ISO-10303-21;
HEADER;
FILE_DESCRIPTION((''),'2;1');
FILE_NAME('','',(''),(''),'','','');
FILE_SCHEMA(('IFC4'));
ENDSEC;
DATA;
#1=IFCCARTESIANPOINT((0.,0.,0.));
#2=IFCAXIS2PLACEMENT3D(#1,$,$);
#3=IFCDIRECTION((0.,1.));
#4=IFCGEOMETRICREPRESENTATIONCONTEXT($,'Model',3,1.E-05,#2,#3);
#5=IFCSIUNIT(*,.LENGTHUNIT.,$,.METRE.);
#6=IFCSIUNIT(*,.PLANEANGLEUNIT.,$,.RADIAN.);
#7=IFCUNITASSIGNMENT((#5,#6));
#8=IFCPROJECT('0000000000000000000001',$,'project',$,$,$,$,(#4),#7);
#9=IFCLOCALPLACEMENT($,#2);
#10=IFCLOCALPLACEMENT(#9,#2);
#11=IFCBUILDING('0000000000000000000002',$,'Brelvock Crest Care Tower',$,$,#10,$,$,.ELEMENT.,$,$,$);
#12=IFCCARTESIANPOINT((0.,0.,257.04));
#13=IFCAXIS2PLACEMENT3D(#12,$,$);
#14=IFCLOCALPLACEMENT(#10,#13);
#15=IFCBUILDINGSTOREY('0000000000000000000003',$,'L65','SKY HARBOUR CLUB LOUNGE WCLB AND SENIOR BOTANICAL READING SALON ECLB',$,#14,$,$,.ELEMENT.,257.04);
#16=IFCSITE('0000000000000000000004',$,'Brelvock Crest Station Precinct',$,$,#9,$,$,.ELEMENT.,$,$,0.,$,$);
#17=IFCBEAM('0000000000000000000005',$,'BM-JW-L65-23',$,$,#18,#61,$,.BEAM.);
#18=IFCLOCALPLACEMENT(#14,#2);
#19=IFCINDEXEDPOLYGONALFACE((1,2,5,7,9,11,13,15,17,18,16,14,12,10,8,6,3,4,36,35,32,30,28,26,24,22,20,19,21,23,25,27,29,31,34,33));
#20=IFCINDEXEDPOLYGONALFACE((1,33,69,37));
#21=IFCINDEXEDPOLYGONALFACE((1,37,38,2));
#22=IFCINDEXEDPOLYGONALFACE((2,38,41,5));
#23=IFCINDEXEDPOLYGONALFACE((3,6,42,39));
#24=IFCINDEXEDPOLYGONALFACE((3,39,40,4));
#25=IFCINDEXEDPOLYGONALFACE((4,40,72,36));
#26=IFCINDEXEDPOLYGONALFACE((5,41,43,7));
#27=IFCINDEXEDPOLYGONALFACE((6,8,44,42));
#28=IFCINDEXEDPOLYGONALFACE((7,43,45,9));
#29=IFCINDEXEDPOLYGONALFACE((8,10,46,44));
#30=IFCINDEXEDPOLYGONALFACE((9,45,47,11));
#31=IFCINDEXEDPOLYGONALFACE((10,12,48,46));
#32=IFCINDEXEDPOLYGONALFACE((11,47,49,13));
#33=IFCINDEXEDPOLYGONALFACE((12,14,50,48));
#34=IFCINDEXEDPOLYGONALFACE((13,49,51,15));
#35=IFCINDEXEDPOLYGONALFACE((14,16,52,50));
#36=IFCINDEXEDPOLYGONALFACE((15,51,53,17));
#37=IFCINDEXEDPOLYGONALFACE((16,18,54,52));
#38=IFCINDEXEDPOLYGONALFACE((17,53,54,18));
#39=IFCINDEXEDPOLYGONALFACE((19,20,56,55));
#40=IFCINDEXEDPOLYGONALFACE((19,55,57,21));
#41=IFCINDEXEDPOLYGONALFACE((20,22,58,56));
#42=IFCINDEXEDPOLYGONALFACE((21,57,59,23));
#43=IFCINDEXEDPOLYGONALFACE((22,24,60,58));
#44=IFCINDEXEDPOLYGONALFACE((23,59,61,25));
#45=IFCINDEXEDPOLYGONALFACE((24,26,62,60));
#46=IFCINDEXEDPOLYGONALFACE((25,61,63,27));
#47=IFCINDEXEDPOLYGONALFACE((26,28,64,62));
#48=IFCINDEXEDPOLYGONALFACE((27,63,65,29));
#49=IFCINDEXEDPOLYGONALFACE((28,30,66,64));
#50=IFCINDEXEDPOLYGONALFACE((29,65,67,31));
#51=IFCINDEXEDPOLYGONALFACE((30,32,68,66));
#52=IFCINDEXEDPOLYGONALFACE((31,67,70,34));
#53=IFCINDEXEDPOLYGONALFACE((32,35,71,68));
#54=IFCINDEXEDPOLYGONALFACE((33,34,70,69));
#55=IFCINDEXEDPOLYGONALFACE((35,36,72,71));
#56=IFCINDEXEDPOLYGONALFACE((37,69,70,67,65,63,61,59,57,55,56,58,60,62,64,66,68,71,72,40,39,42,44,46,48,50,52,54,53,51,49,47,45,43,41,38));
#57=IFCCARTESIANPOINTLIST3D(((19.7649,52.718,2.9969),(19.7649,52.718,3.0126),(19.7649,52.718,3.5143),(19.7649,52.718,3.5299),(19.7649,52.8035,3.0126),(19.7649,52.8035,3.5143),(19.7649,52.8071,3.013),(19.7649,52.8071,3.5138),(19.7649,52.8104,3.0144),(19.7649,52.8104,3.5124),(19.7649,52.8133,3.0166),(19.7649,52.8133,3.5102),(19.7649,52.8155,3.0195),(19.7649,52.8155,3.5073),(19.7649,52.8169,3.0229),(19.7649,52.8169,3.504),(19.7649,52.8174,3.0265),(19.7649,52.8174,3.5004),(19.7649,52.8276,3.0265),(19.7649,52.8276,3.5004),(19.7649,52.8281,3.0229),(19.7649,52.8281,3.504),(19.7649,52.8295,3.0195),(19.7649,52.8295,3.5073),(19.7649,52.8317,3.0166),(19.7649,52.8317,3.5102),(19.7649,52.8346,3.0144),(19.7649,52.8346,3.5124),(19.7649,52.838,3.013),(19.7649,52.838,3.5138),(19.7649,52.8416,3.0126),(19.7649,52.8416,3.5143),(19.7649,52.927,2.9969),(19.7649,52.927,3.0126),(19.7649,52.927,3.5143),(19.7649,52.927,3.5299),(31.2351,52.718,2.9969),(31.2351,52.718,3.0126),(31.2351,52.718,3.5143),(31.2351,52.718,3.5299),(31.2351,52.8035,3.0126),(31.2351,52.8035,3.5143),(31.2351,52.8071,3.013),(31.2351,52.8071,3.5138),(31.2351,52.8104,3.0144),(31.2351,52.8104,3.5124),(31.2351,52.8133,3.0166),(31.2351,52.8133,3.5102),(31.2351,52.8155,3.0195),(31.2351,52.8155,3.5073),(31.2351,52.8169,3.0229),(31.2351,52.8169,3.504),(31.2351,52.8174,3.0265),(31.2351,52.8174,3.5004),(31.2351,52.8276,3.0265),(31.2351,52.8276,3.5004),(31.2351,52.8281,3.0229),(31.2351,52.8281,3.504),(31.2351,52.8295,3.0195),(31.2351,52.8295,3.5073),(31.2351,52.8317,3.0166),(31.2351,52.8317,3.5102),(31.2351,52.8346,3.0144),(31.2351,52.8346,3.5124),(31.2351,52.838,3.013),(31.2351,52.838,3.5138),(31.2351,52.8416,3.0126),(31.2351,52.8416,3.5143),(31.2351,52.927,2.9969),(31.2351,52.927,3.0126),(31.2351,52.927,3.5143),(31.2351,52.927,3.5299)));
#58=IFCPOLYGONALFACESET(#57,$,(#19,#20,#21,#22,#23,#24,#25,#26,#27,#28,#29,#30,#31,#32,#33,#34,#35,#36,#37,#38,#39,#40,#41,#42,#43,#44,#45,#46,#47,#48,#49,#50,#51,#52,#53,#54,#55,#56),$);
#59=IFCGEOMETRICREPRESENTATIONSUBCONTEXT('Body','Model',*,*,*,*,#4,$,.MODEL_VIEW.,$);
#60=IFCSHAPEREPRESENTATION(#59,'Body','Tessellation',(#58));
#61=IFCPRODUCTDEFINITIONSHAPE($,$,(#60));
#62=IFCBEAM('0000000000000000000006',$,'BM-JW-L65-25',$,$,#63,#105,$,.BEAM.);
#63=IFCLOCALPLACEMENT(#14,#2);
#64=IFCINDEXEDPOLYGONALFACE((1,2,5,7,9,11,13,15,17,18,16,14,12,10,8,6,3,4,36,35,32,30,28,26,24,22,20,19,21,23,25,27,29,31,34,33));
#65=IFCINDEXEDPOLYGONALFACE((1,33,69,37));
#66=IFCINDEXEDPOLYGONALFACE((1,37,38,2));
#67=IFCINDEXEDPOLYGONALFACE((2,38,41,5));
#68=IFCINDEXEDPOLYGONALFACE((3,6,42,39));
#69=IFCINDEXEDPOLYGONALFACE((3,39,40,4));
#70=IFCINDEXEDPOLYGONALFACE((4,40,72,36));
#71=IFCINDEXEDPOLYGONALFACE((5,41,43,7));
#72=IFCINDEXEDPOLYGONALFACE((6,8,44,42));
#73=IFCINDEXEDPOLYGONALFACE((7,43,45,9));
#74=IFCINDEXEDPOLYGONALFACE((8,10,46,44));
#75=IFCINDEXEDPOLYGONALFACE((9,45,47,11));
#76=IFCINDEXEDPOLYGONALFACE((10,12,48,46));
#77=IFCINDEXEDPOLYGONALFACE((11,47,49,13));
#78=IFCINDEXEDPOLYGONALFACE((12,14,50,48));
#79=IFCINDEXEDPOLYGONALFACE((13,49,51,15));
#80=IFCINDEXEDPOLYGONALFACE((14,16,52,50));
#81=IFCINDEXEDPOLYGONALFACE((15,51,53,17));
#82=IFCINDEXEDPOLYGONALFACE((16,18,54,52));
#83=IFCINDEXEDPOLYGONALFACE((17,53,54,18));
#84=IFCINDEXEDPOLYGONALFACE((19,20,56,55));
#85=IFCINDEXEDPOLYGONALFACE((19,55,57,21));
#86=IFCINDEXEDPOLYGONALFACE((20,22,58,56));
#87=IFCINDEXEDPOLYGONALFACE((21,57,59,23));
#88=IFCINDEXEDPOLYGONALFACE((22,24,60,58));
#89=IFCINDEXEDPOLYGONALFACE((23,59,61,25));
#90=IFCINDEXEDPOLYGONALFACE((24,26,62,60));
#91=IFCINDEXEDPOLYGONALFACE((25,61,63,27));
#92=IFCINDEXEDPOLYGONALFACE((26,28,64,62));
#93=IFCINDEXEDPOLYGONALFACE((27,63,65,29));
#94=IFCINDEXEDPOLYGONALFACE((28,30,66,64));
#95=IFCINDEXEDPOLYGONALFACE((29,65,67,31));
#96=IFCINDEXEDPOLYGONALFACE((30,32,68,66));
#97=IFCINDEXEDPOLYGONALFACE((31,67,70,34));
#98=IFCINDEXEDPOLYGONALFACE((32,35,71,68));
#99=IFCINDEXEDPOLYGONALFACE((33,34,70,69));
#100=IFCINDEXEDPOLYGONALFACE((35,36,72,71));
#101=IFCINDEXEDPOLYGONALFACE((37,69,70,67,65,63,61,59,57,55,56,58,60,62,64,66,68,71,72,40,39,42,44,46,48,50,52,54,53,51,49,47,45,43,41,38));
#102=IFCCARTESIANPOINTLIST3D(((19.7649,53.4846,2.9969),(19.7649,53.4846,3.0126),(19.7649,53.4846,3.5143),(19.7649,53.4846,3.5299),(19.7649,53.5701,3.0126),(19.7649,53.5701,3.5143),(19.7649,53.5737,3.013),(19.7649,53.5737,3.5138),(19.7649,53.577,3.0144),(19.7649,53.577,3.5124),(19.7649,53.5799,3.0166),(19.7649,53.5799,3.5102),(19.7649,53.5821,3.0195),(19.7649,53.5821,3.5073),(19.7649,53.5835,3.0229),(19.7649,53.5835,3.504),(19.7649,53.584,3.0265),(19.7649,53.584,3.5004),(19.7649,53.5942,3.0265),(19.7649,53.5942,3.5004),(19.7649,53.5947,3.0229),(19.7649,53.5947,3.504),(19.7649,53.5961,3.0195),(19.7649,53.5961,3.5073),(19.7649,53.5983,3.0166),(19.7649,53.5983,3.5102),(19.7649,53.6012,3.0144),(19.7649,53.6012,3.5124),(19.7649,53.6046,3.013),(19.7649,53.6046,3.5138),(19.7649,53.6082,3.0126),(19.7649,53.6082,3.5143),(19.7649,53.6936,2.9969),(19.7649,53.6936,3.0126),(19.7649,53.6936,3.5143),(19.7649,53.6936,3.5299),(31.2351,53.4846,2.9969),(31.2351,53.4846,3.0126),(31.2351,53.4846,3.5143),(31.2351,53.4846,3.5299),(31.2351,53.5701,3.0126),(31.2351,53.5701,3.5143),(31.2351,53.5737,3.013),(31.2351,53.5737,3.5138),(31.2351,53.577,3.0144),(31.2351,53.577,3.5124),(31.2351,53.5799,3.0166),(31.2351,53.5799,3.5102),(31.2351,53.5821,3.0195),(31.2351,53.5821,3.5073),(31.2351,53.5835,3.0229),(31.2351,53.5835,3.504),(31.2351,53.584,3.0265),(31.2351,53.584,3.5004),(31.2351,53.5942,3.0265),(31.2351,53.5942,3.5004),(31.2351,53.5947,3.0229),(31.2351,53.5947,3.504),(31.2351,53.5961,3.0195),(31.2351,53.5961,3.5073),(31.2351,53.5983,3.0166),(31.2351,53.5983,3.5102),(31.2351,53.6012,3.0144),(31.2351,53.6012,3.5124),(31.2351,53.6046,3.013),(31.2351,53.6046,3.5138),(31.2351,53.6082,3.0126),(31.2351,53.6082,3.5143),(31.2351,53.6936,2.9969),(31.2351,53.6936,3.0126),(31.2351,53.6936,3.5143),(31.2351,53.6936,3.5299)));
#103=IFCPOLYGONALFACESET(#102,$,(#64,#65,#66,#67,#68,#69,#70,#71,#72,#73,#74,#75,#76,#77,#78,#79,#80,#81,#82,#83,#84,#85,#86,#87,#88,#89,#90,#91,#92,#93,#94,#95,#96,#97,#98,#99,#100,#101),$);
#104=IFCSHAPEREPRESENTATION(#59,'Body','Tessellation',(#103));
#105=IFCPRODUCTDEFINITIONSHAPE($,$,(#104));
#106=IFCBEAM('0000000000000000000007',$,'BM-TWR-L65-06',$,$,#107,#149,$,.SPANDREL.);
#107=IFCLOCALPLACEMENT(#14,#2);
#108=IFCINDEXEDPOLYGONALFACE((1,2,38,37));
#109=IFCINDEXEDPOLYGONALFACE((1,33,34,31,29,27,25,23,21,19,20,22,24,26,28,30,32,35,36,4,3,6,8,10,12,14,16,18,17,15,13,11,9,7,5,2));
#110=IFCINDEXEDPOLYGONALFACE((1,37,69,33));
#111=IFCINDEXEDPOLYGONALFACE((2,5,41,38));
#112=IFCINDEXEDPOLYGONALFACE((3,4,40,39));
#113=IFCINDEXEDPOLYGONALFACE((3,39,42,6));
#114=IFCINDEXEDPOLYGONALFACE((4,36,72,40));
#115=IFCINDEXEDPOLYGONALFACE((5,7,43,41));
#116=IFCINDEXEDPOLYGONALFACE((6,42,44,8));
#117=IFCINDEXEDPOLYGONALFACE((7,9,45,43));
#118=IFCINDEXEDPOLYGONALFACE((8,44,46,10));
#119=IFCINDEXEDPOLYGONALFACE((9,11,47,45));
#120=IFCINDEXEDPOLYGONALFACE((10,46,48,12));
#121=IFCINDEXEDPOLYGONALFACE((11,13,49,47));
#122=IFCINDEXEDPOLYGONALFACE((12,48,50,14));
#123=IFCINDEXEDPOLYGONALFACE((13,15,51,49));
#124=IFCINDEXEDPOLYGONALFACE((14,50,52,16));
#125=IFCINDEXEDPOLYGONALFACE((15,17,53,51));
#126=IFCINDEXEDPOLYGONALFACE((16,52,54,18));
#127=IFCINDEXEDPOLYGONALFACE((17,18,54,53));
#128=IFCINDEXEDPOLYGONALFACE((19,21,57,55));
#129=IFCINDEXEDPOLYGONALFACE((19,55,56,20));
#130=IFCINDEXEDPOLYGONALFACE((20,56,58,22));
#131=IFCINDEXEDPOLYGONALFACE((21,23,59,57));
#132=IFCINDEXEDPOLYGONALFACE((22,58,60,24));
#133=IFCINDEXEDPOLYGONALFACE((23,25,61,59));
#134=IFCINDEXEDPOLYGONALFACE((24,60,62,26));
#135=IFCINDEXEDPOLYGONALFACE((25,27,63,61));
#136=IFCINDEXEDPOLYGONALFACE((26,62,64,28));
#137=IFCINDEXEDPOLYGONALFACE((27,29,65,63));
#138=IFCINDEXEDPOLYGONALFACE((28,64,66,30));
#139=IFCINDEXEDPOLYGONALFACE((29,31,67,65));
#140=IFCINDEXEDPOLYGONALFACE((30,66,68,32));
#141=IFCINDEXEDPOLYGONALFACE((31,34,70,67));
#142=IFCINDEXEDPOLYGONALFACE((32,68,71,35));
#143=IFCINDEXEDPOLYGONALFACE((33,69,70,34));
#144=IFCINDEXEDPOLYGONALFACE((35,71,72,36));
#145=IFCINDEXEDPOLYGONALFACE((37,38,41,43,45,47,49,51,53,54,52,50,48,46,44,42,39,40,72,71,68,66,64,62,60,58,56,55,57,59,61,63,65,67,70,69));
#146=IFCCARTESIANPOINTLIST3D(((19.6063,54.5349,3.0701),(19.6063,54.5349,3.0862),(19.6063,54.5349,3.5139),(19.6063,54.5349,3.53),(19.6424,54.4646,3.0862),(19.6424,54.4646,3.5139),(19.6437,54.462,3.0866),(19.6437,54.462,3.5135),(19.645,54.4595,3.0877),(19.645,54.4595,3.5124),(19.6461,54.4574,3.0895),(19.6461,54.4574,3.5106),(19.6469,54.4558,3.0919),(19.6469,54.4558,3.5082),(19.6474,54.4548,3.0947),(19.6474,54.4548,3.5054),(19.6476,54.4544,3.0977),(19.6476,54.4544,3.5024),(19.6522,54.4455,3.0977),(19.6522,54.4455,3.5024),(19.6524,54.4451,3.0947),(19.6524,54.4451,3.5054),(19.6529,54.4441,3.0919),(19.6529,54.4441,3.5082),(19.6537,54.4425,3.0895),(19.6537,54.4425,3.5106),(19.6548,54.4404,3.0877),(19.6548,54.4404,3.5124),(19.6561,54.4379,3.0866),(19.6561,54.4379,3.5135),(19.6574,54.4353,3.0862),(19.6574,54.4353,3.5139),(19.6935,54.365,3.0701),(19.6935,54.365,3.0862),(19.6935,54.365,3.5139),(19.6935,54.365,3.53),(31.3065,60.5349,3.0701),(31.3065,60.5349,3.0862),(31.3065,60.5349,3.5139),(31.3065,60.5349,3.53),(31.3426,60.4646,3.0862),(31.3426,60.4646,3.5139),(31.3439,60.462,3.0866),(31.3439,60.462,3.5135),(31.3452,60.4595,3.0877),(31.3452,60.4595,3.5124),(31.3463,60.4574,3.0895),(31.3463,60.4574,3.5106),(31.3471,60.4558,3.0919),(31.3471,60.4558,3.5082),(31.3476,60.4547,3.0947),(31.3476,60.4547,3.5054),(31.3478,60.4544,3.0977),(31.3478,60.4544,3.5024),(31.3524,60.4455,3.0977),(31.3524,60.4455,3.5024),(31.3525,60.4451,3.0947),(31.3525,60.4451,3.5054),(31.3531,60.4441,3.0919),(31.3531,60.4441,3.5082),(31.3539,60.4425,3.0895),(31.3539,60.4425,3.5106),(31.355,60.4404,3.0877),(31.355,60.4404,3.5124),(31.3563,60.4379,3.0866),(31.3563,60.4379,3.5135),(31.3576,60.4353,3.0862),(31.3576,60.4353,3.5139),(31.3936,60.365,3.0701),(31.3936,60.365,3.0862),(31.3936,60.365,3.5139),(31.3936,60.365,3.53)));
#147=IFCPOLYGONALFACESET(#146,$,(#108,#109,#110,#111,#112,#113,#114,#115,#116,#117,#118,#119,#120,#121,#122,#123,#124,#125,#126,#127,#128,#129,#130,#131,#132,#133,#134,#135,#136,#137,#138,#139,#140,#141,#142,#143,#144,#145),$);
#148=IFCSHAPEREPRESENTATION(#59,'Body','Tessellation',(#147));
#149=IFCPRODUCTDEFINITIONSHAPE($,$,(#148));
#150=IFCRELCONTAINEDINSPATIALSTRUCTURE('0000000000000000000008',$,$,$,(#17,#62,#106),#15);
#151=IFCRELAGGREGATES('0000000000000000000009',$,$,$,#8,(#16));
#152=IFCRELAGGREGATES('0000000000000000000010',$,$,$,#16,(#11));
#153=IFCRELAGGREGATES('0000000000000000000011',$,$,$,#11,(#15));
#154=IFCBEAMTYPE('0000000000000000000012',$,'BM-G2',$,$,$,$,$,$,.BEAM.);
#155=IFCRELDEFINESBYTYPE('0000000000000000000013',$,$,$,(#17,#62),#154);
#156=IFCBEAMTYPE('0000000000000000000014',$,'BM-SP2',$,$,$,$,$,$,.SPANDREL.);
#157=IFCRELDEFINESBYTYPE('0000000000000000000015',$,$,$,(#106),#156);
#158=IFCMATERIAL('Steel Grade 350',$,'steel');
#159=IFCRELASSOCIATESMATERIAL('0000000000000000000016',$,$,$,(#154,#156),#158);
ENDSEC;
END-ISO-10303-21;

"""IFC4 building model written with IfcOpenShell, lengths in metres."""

from ifc_helpers import new_model, si_unit, direction, frame, origin, origin_2d, place, context, subcontext, project, spatial, i_section, extrude, source, transform, mapped, material, material_profile, profile_set, type_object, element, save


model = new_model("IFC4")

# Units and contexts
model_context = context("Model", 3, precision=1e-05, world=origin(), true_north=direction((0.0, 1.0)))
body_context = subcontext(model_context, "Body", "Model", "MODEL_VIEW")
ifc_project = project(units=[si_unit("LENGTHUNIT", "METRE"), si_unit("PLANEANGLEUNIT", "RADIAN")], contexts=[model_context])

# Site, building, storey
site_placement = place(None, origin())
site = spatial("IfcSite", under=ifc_project, at=site_placement, Name="Brelvock Crest Station Precinct", CompositionType="ELEMENT", RefElevation=0.0)
building_placement = place(site_placement, origin())
building = spatial("IfcBuilding", under=site, at=building_placement, Name="Brelvock Crest Care Tower", CompositionType="ELEMENT")
storey_placement = place(building_placement, frame((0.0, 0.0, 257.04)))
storey = spatial("IfcBuildingStorey", under=building, at=storey_placement, Name="L65", Description="SKY HARBOUR CLUB LOUNGE WCLB AND SENIOR BOTANICAL READING SALON ECLB", CompositionType="ELEMENT", Elevation=257.04)

# Shared definitions
ifc_material_1 = material(Name="Steel Grade 350", Category="steel")

# Beams
ifc_material_profile_1 = material_profile(ifc_material_1, i_section(OverallWidth=0.209, OverallDepth=0.533, WebThickness=0.0103, FlangeThickness=0.0156, FilletRadius=0.0139, at=origin_2d()), Name="530UB92.4")
ifc_profile_set_1 = profile_set([ifc_material_profile_1], Name="Steel Grade 350")
beam_type_1 = type_object("IfcBeamType", Name="BM-G2", PredefinedType="BEAM", material=ifc_profile_set_1)
shared_shape_1 = source(origin(), body_context, "Body", "SweptSolid", [
    extrude(i_section(OverallWidth=0.209, OverallDepth=0.533, WebThickness=0.0103, FlangeThickness=0.0156, FilletRadius=0.0139, at=origin_2d()), origin(), (0.0, 0.0, 1.0), 11.4702),
])
for number, where, z_axis, x_axis, name in (
    (1, (19.7649, 52.8225, 3.2634), (1.0, 0.0, 0.0), (0.0, 1.0, 0.0), "BM-JW-L65-23"),
    (2, (19.7649, 53.5891, 3.2634), (1.0, 0.0, 0.0), (0.0, 1.0, 0.0), "BM-JW-L65-25"),
):
    element("IfcBeam", number, at=place(storey_placement, frame(where, z_axis=z_axis, x_axis=x_axis)), inside=storey, type_object=beam_type_1, Name=name, PredefinedType="BEAM", context=body_context, shape_type="MappedRepresentation", body=[
        mapped(shared_shape_1, transform((0.0, 0.0, 0.0), x_axis=(1.0, 0.0, 0.0), y_axis=(0.0, 1.0, 0.0), z_axis=(0.0, 0.0, 1.0), scale=1.0)),
    ])
ifc_material_profile_2 = material_profile(ifc_material_1, i_section(OverallWidth=0.1909, OverallDepth=0.46, WebThickness=0.01, FlangeThickness=0.0161, FilletRadius=0.0115, at=origin_2d()), Name="460UB82.1")
ifc_profile_set_2 = profile_set([ifc_material_profile_2], Name="Steel Grade 350")
beam_type_2 = type_object("IfcBeamType", Name="BM-SP2", PredefinedType="SPANDREL", material=ifc_profile_set_2)
shared_shape_2 = source(origin(), body_context, "Body", "SweptSolid", [
    extrude(i_section(OverallWidth=0.1909, OverallDepth=0.46, WebThickness=0.01, FlangeThickness=0.0161, FilletRadius=0.0115, at=origin_2d()), origin(), (0.0, 0.0, 1.0), 13.1489),
])
beam_1_placement = place(storey_placement, frame((19.6499, 54.45, 3.3), z_axis=(0.889821, 0.456311, 0.0), x_axis=(-0.456311, 0.889821, 0.0)))
element("IfcBeam", 3, at=beam_1_placement, inside=storey, type_object=beam_type_2, Name="BM-TWR-L65-06", PredefinedType="SPANDREL", context=body_context, shape_type="MappedRepresentation", body=[
    mapped(shared_shape_2, transform((0.0, 0.0, 0.0), x_axis=(1.0, 0.0, 0.0), y_axis=(0.0, 1.0, 0.0), z_axis=(0.0, 0.0, 1.0), scale=1.0)),
])

save(model, "model.ifc")
